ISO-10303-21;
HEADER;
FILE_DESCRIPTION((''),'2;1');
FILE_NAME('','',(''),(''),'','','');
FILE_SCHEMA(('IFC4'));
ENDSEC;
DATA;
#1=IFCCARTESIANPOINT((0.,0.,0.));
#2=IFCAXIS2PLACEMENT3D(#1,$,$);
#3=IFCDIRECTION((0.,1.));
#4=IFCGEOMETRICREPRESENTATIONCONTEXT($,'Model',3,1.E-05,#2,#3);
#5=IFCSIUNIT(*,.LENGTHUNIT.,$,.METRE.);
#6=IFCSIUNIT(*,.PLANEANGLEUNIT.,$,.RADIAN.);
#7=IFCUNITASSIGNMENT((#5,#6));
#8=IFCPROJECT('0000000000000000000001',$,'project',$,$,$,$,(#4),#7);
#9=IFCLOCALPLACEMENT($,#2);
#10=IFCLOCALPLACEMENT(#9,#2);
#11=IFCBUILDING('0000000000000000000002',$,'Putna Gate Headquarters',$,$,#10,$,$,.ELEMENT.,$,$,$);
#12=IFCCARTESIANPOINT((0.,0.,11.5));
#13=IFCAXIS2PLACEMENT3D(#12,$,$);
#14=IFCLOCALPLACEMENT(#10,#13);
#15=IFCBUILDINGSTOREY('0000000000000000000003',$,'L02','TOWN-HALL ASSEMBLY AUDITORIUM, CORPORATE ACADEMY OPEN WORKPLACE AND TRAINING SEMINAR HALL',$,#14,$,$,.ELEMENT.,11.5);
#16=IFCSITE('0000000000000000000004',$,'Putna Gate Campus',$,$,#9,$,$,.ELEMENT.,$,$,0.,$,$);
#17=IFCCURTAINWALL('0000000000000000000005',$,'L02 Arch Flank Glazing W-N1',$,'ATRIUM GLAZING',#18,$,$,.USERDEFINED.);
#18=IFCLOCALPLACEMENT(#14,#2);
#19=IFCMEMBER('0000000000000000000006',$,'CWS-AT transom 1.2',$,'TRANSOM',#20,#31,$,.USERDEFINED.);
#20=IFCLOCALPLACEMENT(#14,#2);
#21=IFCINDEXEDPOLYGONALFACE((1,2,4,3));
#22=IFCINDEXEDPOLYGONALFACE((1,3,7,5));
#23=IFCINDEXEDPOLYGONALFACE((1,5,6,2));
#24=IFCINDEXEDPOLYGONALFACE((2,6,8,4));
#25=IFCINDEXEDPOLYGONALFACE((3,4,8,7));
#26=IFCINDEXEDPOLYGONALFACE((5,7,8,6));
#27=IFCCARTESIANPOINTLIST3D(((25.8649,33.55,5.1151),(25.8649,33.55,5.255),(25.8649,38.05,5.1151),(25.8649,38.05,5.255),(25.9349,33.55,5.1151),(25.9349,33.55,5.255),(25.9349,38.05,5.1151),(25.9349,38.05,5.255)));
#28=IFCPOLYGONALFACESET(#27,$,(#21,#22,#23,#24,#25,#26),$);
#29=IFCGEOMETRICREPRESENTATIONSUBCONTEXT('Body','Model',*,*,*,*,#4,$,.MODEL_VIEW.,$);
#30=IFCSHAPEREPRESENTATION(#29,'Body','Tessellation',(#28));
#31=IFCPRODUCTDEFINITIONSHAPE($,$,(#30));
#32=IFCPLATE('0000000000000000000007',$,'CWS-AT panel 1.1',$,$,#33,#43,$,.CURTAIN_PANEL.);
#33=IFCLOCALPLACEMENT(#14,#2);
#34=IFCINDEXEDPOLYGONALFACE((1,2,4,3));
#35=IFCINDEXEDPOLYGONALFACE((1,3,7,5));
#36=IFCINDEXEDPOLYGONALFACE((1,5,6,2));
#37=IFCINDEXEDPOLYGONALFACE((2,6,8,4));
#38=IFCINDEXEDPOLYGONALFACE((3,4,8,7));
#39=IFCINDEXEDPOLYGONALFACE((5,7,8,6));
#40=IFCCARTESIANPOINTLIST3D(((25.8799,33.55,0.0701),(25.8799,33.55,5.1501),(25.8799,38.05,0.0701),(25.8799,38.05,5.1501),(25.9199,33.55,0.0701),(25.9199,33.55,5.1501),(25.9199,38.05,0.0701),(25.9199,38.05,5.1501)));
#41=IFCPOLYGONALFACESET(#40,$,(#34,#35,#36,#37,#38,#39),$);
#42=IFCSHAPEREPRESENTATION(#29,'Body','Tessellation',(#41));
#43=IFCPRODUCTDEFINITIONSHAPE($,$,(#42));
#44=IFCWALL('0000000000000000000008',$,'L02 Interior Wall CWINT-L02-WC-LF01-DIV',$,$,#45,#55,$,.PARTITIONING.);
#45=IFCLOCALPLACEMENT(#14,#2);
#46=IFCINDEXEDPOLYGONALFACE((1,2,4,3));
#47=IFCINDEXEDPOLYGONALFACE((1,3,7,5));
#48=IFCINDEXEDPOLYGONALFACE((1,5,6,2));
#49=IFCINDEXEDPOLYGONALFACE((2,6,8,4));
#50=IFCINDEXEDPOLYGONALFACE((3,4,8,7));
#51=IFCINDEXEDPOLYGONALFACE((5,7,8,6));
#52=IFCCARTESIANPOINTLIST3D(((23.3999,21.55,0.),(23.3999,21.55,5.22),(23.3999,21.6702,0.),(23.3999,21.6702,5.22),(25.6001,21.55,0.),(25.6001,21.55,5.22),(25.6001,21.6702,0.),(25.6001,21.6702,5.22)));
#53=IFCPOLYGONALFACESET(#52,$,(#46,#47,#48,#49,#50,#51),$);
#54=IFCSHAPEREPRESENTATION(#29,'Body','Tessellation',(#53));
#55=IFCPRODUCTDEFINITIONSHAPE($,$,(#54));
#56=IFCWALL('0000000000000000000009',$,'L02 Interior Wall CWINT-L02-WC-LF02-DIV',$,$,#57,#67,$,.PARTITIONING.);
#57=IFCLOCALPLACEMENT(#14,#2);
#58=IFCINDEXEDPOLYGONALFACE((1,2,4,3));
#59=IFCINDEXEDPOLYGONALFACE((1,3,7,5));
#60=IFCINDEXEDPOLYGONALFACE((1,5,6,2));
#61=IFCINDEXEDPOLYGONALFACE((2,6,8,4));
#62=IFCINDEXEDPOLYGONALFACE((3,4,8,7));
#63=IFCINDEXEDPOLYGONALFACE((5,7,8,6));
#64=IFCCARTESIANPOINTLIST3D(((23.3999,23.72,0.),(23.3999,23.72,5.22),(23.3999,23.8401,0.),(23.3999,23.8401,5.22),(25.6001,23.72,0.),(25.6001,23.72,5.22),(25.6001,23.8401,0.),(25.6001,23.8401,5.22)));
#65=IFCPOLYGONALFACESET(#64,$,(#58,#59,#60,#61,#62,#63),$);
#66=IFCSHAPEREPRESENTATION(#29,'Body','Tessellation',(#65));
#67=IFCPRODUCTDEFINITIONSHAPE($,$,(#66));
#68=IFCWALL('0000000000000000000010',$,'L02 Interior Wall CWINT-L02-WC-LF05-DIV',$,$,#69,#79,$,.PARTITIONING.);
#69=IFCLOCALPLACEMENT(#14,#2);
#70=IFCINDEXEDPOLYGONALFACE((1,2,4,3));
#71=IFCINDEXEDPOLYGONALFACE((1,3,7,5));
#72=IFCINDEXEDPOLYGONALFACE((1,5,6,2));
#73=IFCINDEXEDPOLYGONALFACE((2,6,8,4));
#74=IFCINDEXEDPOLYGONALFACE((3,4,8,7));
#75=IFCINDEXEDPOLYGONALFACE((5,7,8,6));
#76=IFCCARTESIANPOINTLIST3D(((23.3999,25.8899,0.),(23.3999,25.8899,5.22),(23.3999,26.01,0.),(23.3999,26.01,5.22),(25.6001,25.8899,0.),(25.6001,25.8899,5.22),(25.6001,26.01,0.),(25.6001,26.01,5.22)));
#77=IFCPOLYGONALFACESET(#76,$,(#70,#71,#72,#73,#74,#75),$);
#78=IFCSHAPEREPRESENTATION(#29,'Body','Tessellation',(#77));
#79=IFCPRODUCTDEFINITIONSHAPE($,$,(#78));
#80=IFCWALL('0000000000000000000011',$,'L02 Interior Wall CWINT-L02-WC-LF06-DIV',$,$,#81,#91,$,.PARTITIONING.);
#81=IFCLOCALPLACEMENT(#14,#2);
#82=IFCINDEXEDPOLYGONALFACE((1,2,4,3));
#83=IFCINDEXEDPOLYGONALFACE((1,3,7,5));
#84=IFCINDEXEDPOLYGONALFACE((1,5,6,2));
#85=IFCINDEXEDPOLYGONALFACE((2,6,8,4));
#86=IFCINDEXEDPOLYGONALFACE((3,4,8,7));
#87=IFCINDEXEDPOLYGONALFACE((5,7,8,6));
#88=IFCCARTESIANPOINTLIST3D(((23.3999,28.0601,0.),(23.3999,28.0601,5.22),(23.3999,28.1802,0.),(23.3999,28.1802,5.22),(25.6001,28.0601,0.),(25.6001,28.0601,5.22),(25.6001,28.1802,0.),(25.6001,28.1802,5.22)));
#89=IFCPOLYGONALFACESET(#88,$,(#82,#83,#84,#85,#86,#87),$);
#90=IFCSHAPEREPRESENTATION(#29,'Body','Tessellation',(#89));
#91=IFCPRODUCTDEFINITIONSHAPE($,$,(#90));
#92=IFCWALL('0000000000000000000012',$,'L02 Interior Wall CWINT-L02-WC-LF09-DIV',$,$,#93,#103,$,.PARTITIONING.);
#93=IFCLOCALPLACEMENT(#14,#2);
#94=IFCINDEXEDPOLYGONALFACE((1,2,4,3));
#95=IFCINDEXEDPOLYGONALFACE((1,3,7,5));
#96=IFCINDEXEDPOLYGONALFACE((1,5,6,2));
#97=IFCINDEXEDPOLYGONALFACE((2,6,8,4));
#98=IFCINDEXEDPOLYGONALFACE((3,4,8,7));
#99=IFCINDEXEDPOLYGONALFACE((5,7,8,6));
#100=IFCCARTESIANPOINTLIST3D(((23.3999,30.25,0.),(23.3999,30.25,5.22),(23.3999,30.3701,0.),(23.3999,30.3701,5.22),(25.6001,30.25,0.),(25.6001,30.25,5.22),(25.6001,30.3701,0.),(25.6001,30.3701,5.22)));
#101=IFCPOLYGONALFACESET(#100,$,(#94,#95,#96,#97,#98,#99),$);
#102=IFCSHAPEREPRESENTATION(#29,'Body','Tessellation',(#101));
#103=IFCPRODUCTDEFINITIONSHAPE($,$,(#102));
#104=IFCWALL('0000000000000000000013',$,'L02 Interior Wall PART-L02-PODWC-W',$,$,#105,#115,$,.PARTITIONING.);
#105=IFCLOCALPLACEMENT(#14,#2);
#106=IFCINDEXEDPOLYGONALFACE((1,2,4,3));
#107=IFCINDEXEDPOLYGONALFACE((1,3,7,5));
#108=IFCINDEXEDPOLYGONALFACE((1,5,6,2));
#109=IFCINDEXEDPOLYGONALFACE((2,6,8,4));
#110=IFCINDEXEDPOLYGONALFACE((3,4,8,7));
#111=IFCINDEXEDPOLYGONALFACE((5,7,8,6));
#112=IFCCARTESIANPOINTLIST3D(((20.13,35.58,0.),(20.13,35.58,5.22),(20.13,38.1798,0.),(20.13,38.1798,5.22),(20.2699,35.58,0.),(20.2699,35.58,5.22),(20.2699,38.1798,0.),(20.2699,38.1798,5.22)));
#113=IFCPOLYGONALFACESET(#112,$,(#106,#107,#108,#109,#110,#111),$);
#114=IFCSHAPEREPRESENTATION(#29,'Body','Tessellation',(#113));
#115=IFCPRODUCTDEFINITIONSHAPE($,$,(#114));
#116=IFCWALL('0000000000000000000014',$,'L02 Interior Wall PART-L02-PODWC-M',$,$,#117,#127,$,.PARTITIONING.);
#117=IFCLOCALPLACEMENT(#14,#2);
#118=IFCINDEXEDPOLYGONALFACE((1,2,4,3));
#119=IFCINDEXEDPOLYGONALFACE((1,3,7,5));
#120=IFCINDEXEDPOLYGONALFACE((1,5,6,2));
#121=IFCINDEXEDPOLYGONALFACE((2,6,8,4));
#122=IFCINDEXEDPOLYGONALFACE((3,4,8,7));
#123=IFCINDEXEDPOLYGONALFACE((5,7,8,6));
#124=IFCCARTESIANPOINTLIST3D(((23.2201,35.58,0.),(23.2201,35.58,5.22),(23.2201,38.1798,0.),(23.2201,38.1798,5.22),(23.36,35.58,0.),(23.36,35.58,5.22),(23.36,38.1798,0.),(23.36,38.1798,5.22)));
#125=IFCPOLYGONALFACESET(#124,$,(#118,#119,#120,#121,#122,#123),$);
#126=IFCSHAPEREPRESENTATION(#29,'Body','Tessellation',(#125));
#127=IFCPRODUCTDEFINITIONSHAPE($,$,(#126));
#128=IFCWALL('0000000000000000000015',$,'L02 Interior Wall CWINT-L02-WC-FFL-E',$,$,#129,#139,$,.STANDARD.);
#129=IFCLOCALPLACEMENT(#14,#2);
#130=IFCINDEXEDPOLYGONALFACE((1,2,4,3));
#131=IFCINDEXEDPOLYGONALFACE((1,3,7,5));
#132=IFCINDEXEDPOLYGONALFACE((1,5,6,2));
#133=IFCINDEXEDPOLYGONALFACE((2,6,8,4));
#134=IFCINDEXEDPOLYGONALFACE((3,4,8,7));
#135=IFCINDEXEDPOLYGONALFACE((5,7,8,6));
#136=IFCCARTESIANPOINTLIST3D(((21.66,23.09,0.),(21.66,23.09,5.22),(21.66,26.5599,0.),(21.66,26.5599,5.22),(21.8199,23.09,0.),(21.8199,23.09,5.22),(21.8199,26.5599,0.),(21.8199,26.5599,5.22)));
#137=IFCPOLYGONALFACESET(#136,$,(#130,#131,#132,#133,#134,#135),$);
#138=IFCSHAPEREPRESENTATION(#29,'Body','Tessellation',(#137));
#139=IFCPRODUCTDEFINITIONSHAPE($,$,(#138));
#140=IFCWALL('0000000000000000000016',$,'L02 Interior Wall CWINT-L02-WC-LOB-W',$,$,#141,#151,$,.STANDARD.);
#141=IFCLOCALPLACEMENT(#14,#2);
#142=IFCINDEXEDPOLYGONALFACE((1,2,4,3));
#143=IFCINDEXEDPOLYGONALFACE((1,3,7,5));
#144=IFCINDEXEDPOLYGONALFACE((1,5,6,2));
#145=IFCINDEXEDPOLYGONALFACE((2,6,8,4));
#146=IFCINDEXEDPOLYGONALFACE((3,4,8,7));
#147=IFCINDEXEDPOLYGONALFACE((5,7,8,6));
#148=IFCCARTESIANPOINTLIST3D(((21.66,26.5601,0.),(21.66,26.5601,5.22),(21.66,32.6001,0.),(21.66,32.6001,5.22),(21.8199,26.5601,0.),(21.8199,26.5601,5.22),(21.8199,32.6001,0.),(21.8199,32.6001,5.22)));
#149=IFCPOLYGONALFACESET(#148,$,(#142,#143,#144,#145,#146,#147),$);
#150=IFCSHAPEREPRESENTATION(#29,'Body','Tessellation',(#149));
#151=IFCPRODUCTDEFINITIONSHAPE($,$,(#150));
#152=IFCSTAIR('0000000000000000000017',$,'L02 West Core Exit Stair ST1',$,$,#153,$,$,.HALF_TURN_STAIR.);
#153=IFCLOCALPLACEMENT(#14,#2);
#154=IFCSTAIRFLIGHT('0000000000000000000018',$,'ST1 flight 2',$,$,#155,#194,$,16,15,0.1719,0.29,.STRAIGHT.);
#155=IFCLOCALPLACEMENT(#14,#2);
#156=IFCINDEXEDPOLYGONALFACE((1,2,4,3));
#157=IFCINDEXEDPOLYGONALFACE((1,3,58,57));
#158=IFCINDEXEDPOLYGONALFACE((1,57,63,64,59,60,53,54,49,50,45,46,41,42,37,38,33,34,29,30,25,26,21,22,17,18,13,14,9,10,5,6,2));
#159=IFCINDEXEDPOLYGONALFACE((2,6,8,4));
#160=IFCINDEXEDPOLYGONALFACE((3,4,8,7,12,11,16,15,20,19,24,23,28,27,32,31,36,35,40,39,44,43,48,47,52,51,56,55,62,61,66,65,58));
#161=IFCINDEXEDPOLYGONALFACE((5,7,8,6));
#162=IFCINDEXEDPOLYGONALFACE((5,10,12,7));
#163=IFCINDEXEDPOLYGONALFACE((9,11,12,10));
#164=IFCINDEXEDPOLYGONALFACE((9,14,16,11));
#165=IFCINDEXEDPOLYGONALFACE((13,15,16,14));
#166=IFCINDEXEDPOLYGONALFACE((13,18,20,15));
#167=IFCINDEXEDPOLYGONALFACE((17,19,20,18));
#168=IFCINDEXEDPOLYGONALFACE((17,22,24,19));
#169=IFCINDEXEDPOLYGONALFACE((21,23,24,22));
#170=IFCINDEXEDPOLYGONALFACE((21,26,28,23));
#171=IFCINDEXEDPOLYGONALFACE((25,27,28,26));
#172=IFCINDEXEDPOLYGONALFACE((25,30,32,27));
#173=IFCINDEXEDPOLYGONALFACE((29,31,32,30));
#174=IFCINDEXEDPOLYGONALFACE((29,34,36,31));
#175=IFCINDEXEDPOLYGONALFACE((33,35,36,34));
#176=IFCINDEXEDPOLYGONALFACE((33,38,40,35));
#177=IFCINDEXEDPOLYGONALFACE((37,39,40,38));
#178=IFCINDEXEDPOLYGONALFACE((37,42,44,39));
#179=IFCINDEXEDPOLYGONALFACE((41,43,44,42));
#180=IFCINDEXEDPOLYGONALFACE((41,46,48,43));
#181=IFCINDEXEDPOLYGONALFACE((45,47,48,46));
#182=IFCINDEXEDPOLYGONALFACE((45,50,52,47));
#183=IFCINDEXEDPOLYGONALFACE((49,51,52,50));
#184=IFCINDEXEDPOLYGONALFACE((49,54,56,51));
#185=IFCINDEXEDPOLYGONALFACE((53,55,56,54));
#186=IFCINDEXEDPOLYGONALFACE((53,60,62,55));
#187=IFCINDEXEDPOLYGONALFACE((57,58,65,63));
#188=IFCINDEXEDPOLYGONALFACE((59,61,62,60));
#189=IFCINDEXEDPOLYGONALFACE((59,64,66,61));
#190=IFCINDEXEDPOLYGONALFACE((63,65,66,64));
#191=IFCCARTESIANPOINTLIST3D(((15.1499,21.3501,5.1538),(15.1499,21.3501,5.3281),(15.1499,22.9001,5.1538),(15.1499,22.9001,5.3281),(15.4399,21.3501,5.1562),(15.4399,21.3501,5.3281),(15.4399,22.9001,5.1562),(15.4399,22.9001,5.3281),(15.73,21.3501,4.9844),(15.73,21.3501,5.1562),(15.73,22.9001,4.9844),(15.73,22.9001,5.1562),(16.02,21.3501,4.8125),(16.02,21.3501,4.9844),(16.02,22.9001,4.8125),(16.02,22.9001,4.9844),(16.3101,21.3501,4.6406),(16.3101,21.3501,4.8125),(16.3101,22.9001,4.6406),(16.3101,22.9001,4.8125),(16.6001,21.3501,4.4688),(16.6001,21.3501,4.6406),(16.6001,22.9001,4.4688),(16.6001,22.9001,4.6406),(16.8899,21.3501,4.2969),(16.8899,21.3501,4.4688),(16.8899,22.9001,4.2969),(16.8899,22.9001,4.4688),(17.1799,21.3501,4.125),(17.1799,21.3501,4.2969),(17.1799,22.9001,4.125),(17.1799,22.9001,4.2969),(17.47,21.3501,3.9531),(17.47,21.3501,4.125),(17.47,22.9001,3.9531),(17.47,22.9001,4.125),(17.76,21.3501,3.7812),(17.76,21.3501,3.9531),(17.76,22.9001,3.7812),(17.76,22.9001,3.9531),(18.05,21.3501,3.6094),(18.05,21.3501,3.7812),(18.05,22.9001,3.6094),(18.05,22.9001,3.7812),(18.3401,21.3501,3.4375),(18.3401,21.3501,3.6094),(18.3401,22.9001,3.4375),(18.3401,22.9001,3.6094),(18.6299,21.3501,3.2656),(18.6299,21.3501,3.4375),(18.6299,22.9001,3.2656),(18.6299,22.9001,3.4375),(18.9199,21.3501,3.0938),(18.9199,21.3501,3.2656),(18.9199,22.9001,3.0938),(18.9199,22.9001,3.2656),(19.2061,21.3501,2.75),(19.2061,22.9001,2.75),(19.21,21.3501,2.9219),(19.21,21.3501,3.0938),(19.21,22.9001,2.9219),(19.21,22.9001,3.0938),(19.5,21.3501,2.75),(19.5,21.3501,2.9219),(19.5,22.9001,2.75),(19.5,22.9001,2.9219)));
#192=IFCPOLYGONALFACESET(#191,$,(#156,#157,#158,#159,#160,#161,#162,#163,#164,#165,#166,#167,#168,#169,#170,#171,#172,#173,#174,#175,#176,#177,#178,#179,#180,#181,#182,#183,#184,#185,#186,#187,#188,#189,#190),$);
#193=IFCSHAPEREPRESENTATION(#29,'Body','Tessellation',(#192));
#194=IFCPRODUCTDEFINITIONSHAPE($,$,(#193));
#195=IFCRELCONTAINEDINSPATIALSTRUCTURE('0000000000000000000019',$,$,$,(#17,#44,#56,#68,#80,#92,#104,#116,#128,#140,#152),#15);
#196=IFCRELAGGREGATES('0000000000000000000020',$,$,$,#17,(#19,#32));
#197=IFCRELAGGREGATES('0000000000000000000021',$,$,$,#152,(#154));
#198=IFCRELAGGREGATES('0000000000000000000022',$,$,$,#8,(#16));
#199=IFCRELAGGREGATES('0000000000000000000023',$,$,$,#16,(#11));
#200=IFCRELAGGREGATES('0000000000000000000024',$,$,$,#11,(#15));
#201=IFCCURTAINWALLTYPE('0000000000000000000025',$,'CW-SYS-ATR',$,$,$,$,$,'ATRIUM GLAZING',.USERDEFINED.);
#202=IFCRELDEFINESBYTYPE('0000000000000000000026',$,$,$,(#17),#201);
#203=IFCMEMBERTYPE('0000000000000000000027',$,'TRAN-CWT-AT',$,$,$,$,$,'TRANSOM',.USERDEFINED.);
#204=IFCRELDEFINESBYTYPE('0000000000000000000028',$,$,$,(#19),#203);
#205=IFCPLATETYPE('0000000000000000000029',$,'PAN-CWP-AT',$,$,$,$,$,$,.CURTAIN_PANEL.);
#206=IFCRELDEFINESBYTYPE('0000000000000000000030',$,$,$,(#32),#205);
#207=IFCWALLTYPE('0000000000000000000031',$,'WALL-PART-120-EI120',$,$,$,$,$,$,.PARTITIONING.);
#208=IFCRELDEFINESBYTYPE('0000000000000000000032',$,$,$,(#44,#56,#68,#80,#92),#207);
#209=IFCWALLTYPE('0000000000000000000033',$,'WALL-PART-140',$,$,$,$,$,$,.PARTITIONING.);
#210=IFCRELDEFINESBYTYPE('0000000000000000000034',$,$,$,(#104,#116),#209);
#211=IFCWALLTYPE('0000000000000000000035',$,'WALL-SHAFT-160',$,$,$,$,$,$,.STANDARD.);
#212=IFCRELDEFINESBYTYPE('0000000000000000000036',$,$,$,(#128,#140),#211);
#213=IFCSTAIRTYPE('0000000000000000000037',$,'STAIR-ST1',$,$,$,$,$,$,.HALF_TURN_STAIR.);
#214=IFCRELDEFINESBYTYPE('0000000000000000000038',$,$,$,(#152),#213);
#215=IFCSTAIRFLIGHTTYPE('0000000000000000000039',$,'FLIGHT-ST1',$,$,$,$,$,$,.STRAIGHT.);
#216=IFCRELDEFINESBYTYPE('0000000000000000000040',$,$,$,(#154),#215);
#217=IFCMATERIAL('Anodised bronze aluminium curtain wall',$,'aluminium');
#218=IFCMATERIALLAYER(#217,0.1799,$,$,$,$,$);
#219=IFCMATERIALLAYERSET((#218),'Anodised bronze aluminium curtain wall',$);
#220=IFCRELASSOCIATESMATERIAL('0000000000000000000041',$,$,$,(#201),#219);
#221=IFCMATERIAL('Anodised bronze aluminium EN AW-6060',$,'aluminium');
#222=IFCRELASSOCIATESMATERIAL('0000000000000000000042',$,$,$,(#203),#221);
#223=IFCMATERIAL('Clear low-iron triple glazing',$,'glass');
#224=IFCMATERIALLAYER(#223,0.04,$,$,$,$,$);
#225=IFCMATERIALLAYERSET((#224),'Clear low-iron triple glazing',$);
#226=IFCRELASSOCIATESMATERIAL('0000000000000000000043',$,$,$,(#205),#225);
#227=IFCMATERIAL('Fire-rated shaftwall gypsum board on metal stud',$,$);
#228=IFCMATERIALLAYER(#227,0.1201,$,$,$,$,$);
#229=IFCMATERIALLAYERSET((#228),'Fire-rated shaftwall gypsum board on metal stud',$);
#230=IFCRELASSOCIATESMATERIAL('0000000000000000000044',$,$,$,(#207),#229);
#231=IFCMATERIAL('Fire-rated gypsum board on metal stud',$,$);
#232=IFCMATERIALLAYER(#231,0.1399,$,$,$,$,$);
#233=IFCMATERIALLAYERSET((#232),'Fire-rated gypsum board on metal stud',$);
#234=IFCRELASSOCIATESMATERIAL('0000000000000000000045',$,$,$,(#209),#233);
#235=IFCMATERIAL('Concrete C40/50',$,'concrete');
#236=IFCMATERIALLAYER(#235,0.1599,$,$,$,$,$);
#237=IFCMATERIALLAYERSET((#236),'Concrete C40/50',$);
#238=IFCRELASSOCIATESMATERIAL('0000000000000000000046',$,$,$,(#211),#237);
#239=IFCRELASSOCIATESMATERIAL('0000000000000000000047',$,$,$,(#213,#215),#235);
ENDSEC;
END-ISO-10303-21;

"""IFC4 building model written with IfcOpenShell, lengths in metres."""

from ifc_helpers import new_model, si_unit, direction, frame, frame_2d, origin, origin_2d, place, context, subcontext, project, spatial, polyline, rectangle, outline, extrude, material, layer, layer_set, material_profile, profile_set, type_object, element, aggregate, save


model = new_model("IFC4")

# Units and contexts
model_context = context("Model", 3, precision=1e-05, world=origin(), true_north=direction((0.0, 1.0)))
body_context = subcontext(model_context, "Body", "Model", "MODEL_VIEW")
ifc_project = project(units=[si_unit("LENGTHUNIT", "METRE"), si_unit("PLANEANGLEUNIT", "RADIAN")], contexts=[model_context])

# Site, building, storey
site_placement = place(None, origin())
site = spatial("IfcSite", under=ifc_project, at=site_placement, Name="Putna Gate Campus", CompositionType="ELEMENT", RefElevation=0.0)
building_placement = place(site_placement, origin())
building = spatial("IfcBuilding", under=site, at=building_placement, Name="Putna Gate Headquarters", CompositionType="ELEMENT")
storey_placement = place(building_placement, frame((0.0, 0.0, 11.5)))
storey = spatial("IfcBuildingStorey", under=building, at=storey_placement, Name="L02", Description="TOWN-HALL ASSEMBLY AUDITORIUM, CORPORATE ACADEMY OPEN WORKPLACE AND TRAINING SEMINAR HALL", CompositionType="ELEMENT", Elevation=11.5)

# Curtain wall, member, plate
ifc_material_1 = material(Name="Anodised bronze aluminium curtain wall", Category="aluminium")
ifc_layer_1 = layer(ifc_material_1, 0.1799)
ifc_layer_set_1 = layer_set([ifc_layer_1], Name="Anodised bronze aluminium curtain wall")
curtain_wall_type = type_object("IfcCurtainWallType", Name="CW-SYS-ATR", ElementType="ATRIUM GLAZING", PredefinedType="USERDEFINED", material=ifc_layer_set_1)
curtain_wall_placement = place(storey_placement, origin())
curtain_wall = element("IfcCurtainWall", 1, at=curtain_wall_placement, inside=storey, type_object=curtain_wall_type, Name="L02 Arch Flank Glazing W-N1", ObjectType="ATRIUM GLAZING", PredefinedType="USERDEFINED")
ifc_material_2 = material(Name="Anodised bronze aluminium EN AW-6060", Category="aluminium")
ifc_material_profile_1 = material_profile(ifc_material_2, rectangle(XDim=0.0701, YDim=0.1399, at=origin_2d()), Name="Anodised bronze aluminium EN AW-6060")
ifc_profile_set_1 = profile_set([ifc_material_profile_1], Name="Anodised bronze aluminium EN AW-6060")
member_type_1 = type_object("IfcMemberType", Name="TRAN-CWT-AT", ElementType="TRANSOM", PredefinedType="USERDEFINED", material=ifc_profile_set_1)
member_1_placement = place(storey_placement, frame((25.8999, 33.55, 5.1851), z_axis=(0.0, 1.0, 0.0), x_axis=(-1.0, 0.0, 0.0)))
member_1 = element("IfcMember", 2, at=member_1_placement, type_object=member_type_1, Name="CWS-AT transom 1.2", ObjectType="TRANSOM", PredefinedType="USERDEFINED", context=body_context, shape_type="SweptSolid", body=[
    extrude(rectangle(XDim=0.0701, YDim=0.1399, at=origin_2d()), origin(), (0.0, 0.0, 1.0), 4.5),
])
ifc_material_3 = material(Name="Clear low-iron triple glazing", Category="glass")
ifc_layer_2 = layer(ifc_material_3, 0.04)
ifc_layer_set_2 = layer_set([ifc_layer_2], Name="Clear low-iron triple glazing")
plate_type = type_object("IfcPlateType", Name="PAN-CWP-AT", PredefinedType="CURTAIN_PANEL", material=ifc_layer_set_2)
plate_placement = place(storey_placement, frame((25.8999, 35.8, 0.0701), z_axis=(0.0, 0.0, 1.0), x_axis=(0.0, 1.0, 0.0)))
plate = element("IfcPlate", 3, at=plate_placement, type_object=plate_type, Name="CWS-AT panel 1.1", PredefinedType="CURTAIN_PANEL", context=body_context, shape_type="SweptSolid", body=[
    extrude(rectangle(XDim=4.5, YDim=0.04, at=origin_2d()), origin(), (0.0, 0.0, 1.0), 5.0801),
])
aggregate(curtain_wall, [member_1, plate])

# Walls
ifc_material_4 = material(Name="Fire-rated shaftwall gypsum board on metal stud")
ifc_layer_3 = layer(ifc_material_4, 0.1201)
ifc_layer_set_3 = layer_set([ifc_layer_3], Name="Fire-rated shaftwall gypsum board on metal stud")
wall_type_1 = type_object("IfcWallType", Name="WALL-PART-120-EI120", PredefinedType="PARTITIONING", material=ifc_layer_set_3)
for number, where, z_axis, x_axis, name in (
    (4, (23.3999, 21.6101, 0.0), (0.0, 0.0, 1.0), (1.0, 0.0, 0.0), "L02 Interior Wall CWINT-L02-WC-LF01-DIV"),
    (5, (23.3999, 23.78, 0.0), (0.0, 0.0, 1.0), (1.0, 0.0, 0.0), "L02 Interior Wall CWINT-L02-WC-LF02-DIV"),
    (6, (23.3999, 25.95, 0.0), (0.0, 0.0, 1.0), (1.0, 0.0, 0.0), "L02 Interior Wall CWINT-L02-WC-LF05-DIV"),
    (7, (23.3999, 28.1201, 0.0), (0.0, 0.0, 1.0), (1.0, 0.0, 0.0), "L02 Interior Wall CWINT-L02-WC-LF06-DIV"),
    (8, (23.3999, 30.3101, 0.0), (0.0, 0.0, 1.0), (1.0, 0.0, 0.0), "L02 Interior Wall CWINT-L02-WC-LF09-DIV"),
):
    element("IfcWall", number, at=place(storey_placement, frame(where, z_axis=z_axis, x_axis=x_axis)), inside=storey, type_object=wall_type_1, Name=name, PredefinedType="PARTITIONING", context=body_context, shape_type="SweptSolid", body=[
        extrude(rectangle(XDim=2.2002, YDim=0.1201, at=frame_2d((1.1001, 0.0))), origin(), (0.0, 0.0, 1.0), 5.22),
    ])
ifc_material_5 = material(Name="Fire-rated gypsum board on metal stud")
ifc_layer_4 = layer(ifc_material_5, 0.1399)
ifc_layer_set_4 = layer_set([ifc_layer_4], Name="Fire-rated gypsum board on metal stud")
wall_type_2 = type_object("IfcWallType", Name="WALL-PART-140", PredefinedType="PARTITIONING", material=ifc_layer_set_4)
for number, where, z_axis, x_axis, name in (
    (9, (20.2, 35.5801, 0.0), (0.0, 0.0, 1.0), (0.0, 1.0, 0.0), "L02 Interior Wall PART-L02-PODWC-W"),
    (10, (23.29, 35.5801, 0.0), (0.0, 0.0, 1.0), (0.0, 1.0, 0.0), "L02 Interior Wall PART-L02-PODWC-M"),
):
    element("IfcWall", number, at=place(storey_placement, frame(where, z_axis=z_axis, x_axis=x_axis)), inside=storey, type_object=wall_type_2, Name=name, PredefinedType="PARTITIONING", context=body_context, shape_type="SweptSolid", body=[
        extrude(rectangle(XDim=2.5999, YDim=0.1399, at=frame_2d((1.2998, 0.0))), origin(), (0.0, 0.0, 1.0), 5.22),
    ])
ifc_material_6 = material(Name="Concrete C40/50", Category="concrete")
ifc_layer_5 = layer(ifc_material_6, 0.1599)
ifc_layer_set_5 = layer_set([ifc_layer_5], Name="Concrete C40/50")
wall_type_3 = type_object("IfcWallType", Name="WALL-SHAFT-160", PredefinedType="STANDARD", material=ifc_layer_set_5)
wall_1_placement = place(storey_placement, frame((21.74, 23.0901, 0.0), z_axis=(0.0, 0.0, 1.0), x_axis=(0.0, 1.0, 0.0)))
element("IfcWall", 11, at=wall_1_placement, inside=storey, type_object=wall_type_3, Name="L02 Interior Wall CWINT-L02-WC-FFL-E", PredefinedType="STANDARD", context=body_context, shape_type="SweptSolid", body=[
    extrude(rectangle(XDim=3.47, YDim=0.1599, at=frame_2d((1.7349, 0.0))), origin(), (0.0, 0.0, 1.0), 5.22),
])
wall_2_placement = place(storey_placement, frame((21.74, 26.5601, 0.0), z_axis=(0.0, 0.0, 1.0), x_axis=(0.0, 1.0, 0.0)))
element("IfcWall", 12, at=wall_2_placement, inside=storey, type_object=wall_type_3, Name="L02 Interior Wall CWINT-L02-WC-LOB-W", PredefinedType="STANDARD", context=body_context, shape_type="SweptSolid", body=[
    extrude(rectangle(XDim=6.04, YDim=0.1599, at=frame_2d((3.02, 0.0))), origin(), (0.0, 0.0, 1.0), 5.22),
])

# Stair, stair flight
stair_type = type_object("IfcStairType", Name="STAIR-ST1", PredefinedType="HALF_TURN_STAIR", material=ifc_material_6)
stair_placement = place(storey_placement, origin())
stair = element("IfcStair", 13, at=stair_placement, inside=storey, type_object=stair_type, Name="L02 West Core Exit Stair ST1", PredefinedType="HALF_TURN_STAIR")
stair_flight_type = type_object("IfcStairFlightType", Name="FLIGHT-ST1", PredefinedType="STRAIGHT", material=ifc_material_6)
stair_flight_placement = place(storey_placement, frame((19.5, 22.125, 2.75), z_axis=(0.0, 0.0, 1.0), x_axis=(-1.0, 0.0, 0.0)))
stair_flight = element("IfcStairFlight", 14, at=stair_flight_placement, type_object=stair_flight_type, Name="ST1 flight 2", NumberOfRisers=16, NumberOfTreads=15, PredefinedType="STRAIGHT", RiserHeight=0.1719, TreadLength=0.29, context=body_context, shape_type="SweptSolid", body=[
    extrude(outline(polyline([(0.0, 0.0), (0.0, 0.1719), (0.29, 0.1719), (0.29, 0.3438), (0.5801, 0.3438), (0.5801, 0.5156), (0.8701, 0.5156), (0.8701, 0.6875), (1.1599, 0.6875), (1.1599, 0.8594), (1.45, 0.8594), (1.45, 1.0312), (1.74, 1.0312), (1.74, 1.2031), (2.03, 1.2031), (2.03, 1.375), (2.3201, 1.375), (2.3201, 1.5469), (2.6101, 1.5469), (2.6101, 1.7188), (2.8999, 1.7188), (2.8999, 1.8906), (3.1899, 1.8906), (3.1899, 2.0625), (3.48, 2.0625), (3.48, 2.2344), (3.77, 2.2344), (3.77, 2.4062), (4.0601, 2.4062), (4.0601, 2.5781), (4.3501, 2.5781), (4.3501, 2.75), (4.3501, 2.4038), (0.2939, 0.0), (0.0, 0.0)])), frame((0.0, 0.7749, 0.0), z_axis=(0.0, -1.0, 0.0), x_axis=(1.0, 0.0, 0.0)), (0.0, 0.0, 1.0), 1.55),
])
aggregate(stair, [stair_flight])

save(model, "model.ifc")
